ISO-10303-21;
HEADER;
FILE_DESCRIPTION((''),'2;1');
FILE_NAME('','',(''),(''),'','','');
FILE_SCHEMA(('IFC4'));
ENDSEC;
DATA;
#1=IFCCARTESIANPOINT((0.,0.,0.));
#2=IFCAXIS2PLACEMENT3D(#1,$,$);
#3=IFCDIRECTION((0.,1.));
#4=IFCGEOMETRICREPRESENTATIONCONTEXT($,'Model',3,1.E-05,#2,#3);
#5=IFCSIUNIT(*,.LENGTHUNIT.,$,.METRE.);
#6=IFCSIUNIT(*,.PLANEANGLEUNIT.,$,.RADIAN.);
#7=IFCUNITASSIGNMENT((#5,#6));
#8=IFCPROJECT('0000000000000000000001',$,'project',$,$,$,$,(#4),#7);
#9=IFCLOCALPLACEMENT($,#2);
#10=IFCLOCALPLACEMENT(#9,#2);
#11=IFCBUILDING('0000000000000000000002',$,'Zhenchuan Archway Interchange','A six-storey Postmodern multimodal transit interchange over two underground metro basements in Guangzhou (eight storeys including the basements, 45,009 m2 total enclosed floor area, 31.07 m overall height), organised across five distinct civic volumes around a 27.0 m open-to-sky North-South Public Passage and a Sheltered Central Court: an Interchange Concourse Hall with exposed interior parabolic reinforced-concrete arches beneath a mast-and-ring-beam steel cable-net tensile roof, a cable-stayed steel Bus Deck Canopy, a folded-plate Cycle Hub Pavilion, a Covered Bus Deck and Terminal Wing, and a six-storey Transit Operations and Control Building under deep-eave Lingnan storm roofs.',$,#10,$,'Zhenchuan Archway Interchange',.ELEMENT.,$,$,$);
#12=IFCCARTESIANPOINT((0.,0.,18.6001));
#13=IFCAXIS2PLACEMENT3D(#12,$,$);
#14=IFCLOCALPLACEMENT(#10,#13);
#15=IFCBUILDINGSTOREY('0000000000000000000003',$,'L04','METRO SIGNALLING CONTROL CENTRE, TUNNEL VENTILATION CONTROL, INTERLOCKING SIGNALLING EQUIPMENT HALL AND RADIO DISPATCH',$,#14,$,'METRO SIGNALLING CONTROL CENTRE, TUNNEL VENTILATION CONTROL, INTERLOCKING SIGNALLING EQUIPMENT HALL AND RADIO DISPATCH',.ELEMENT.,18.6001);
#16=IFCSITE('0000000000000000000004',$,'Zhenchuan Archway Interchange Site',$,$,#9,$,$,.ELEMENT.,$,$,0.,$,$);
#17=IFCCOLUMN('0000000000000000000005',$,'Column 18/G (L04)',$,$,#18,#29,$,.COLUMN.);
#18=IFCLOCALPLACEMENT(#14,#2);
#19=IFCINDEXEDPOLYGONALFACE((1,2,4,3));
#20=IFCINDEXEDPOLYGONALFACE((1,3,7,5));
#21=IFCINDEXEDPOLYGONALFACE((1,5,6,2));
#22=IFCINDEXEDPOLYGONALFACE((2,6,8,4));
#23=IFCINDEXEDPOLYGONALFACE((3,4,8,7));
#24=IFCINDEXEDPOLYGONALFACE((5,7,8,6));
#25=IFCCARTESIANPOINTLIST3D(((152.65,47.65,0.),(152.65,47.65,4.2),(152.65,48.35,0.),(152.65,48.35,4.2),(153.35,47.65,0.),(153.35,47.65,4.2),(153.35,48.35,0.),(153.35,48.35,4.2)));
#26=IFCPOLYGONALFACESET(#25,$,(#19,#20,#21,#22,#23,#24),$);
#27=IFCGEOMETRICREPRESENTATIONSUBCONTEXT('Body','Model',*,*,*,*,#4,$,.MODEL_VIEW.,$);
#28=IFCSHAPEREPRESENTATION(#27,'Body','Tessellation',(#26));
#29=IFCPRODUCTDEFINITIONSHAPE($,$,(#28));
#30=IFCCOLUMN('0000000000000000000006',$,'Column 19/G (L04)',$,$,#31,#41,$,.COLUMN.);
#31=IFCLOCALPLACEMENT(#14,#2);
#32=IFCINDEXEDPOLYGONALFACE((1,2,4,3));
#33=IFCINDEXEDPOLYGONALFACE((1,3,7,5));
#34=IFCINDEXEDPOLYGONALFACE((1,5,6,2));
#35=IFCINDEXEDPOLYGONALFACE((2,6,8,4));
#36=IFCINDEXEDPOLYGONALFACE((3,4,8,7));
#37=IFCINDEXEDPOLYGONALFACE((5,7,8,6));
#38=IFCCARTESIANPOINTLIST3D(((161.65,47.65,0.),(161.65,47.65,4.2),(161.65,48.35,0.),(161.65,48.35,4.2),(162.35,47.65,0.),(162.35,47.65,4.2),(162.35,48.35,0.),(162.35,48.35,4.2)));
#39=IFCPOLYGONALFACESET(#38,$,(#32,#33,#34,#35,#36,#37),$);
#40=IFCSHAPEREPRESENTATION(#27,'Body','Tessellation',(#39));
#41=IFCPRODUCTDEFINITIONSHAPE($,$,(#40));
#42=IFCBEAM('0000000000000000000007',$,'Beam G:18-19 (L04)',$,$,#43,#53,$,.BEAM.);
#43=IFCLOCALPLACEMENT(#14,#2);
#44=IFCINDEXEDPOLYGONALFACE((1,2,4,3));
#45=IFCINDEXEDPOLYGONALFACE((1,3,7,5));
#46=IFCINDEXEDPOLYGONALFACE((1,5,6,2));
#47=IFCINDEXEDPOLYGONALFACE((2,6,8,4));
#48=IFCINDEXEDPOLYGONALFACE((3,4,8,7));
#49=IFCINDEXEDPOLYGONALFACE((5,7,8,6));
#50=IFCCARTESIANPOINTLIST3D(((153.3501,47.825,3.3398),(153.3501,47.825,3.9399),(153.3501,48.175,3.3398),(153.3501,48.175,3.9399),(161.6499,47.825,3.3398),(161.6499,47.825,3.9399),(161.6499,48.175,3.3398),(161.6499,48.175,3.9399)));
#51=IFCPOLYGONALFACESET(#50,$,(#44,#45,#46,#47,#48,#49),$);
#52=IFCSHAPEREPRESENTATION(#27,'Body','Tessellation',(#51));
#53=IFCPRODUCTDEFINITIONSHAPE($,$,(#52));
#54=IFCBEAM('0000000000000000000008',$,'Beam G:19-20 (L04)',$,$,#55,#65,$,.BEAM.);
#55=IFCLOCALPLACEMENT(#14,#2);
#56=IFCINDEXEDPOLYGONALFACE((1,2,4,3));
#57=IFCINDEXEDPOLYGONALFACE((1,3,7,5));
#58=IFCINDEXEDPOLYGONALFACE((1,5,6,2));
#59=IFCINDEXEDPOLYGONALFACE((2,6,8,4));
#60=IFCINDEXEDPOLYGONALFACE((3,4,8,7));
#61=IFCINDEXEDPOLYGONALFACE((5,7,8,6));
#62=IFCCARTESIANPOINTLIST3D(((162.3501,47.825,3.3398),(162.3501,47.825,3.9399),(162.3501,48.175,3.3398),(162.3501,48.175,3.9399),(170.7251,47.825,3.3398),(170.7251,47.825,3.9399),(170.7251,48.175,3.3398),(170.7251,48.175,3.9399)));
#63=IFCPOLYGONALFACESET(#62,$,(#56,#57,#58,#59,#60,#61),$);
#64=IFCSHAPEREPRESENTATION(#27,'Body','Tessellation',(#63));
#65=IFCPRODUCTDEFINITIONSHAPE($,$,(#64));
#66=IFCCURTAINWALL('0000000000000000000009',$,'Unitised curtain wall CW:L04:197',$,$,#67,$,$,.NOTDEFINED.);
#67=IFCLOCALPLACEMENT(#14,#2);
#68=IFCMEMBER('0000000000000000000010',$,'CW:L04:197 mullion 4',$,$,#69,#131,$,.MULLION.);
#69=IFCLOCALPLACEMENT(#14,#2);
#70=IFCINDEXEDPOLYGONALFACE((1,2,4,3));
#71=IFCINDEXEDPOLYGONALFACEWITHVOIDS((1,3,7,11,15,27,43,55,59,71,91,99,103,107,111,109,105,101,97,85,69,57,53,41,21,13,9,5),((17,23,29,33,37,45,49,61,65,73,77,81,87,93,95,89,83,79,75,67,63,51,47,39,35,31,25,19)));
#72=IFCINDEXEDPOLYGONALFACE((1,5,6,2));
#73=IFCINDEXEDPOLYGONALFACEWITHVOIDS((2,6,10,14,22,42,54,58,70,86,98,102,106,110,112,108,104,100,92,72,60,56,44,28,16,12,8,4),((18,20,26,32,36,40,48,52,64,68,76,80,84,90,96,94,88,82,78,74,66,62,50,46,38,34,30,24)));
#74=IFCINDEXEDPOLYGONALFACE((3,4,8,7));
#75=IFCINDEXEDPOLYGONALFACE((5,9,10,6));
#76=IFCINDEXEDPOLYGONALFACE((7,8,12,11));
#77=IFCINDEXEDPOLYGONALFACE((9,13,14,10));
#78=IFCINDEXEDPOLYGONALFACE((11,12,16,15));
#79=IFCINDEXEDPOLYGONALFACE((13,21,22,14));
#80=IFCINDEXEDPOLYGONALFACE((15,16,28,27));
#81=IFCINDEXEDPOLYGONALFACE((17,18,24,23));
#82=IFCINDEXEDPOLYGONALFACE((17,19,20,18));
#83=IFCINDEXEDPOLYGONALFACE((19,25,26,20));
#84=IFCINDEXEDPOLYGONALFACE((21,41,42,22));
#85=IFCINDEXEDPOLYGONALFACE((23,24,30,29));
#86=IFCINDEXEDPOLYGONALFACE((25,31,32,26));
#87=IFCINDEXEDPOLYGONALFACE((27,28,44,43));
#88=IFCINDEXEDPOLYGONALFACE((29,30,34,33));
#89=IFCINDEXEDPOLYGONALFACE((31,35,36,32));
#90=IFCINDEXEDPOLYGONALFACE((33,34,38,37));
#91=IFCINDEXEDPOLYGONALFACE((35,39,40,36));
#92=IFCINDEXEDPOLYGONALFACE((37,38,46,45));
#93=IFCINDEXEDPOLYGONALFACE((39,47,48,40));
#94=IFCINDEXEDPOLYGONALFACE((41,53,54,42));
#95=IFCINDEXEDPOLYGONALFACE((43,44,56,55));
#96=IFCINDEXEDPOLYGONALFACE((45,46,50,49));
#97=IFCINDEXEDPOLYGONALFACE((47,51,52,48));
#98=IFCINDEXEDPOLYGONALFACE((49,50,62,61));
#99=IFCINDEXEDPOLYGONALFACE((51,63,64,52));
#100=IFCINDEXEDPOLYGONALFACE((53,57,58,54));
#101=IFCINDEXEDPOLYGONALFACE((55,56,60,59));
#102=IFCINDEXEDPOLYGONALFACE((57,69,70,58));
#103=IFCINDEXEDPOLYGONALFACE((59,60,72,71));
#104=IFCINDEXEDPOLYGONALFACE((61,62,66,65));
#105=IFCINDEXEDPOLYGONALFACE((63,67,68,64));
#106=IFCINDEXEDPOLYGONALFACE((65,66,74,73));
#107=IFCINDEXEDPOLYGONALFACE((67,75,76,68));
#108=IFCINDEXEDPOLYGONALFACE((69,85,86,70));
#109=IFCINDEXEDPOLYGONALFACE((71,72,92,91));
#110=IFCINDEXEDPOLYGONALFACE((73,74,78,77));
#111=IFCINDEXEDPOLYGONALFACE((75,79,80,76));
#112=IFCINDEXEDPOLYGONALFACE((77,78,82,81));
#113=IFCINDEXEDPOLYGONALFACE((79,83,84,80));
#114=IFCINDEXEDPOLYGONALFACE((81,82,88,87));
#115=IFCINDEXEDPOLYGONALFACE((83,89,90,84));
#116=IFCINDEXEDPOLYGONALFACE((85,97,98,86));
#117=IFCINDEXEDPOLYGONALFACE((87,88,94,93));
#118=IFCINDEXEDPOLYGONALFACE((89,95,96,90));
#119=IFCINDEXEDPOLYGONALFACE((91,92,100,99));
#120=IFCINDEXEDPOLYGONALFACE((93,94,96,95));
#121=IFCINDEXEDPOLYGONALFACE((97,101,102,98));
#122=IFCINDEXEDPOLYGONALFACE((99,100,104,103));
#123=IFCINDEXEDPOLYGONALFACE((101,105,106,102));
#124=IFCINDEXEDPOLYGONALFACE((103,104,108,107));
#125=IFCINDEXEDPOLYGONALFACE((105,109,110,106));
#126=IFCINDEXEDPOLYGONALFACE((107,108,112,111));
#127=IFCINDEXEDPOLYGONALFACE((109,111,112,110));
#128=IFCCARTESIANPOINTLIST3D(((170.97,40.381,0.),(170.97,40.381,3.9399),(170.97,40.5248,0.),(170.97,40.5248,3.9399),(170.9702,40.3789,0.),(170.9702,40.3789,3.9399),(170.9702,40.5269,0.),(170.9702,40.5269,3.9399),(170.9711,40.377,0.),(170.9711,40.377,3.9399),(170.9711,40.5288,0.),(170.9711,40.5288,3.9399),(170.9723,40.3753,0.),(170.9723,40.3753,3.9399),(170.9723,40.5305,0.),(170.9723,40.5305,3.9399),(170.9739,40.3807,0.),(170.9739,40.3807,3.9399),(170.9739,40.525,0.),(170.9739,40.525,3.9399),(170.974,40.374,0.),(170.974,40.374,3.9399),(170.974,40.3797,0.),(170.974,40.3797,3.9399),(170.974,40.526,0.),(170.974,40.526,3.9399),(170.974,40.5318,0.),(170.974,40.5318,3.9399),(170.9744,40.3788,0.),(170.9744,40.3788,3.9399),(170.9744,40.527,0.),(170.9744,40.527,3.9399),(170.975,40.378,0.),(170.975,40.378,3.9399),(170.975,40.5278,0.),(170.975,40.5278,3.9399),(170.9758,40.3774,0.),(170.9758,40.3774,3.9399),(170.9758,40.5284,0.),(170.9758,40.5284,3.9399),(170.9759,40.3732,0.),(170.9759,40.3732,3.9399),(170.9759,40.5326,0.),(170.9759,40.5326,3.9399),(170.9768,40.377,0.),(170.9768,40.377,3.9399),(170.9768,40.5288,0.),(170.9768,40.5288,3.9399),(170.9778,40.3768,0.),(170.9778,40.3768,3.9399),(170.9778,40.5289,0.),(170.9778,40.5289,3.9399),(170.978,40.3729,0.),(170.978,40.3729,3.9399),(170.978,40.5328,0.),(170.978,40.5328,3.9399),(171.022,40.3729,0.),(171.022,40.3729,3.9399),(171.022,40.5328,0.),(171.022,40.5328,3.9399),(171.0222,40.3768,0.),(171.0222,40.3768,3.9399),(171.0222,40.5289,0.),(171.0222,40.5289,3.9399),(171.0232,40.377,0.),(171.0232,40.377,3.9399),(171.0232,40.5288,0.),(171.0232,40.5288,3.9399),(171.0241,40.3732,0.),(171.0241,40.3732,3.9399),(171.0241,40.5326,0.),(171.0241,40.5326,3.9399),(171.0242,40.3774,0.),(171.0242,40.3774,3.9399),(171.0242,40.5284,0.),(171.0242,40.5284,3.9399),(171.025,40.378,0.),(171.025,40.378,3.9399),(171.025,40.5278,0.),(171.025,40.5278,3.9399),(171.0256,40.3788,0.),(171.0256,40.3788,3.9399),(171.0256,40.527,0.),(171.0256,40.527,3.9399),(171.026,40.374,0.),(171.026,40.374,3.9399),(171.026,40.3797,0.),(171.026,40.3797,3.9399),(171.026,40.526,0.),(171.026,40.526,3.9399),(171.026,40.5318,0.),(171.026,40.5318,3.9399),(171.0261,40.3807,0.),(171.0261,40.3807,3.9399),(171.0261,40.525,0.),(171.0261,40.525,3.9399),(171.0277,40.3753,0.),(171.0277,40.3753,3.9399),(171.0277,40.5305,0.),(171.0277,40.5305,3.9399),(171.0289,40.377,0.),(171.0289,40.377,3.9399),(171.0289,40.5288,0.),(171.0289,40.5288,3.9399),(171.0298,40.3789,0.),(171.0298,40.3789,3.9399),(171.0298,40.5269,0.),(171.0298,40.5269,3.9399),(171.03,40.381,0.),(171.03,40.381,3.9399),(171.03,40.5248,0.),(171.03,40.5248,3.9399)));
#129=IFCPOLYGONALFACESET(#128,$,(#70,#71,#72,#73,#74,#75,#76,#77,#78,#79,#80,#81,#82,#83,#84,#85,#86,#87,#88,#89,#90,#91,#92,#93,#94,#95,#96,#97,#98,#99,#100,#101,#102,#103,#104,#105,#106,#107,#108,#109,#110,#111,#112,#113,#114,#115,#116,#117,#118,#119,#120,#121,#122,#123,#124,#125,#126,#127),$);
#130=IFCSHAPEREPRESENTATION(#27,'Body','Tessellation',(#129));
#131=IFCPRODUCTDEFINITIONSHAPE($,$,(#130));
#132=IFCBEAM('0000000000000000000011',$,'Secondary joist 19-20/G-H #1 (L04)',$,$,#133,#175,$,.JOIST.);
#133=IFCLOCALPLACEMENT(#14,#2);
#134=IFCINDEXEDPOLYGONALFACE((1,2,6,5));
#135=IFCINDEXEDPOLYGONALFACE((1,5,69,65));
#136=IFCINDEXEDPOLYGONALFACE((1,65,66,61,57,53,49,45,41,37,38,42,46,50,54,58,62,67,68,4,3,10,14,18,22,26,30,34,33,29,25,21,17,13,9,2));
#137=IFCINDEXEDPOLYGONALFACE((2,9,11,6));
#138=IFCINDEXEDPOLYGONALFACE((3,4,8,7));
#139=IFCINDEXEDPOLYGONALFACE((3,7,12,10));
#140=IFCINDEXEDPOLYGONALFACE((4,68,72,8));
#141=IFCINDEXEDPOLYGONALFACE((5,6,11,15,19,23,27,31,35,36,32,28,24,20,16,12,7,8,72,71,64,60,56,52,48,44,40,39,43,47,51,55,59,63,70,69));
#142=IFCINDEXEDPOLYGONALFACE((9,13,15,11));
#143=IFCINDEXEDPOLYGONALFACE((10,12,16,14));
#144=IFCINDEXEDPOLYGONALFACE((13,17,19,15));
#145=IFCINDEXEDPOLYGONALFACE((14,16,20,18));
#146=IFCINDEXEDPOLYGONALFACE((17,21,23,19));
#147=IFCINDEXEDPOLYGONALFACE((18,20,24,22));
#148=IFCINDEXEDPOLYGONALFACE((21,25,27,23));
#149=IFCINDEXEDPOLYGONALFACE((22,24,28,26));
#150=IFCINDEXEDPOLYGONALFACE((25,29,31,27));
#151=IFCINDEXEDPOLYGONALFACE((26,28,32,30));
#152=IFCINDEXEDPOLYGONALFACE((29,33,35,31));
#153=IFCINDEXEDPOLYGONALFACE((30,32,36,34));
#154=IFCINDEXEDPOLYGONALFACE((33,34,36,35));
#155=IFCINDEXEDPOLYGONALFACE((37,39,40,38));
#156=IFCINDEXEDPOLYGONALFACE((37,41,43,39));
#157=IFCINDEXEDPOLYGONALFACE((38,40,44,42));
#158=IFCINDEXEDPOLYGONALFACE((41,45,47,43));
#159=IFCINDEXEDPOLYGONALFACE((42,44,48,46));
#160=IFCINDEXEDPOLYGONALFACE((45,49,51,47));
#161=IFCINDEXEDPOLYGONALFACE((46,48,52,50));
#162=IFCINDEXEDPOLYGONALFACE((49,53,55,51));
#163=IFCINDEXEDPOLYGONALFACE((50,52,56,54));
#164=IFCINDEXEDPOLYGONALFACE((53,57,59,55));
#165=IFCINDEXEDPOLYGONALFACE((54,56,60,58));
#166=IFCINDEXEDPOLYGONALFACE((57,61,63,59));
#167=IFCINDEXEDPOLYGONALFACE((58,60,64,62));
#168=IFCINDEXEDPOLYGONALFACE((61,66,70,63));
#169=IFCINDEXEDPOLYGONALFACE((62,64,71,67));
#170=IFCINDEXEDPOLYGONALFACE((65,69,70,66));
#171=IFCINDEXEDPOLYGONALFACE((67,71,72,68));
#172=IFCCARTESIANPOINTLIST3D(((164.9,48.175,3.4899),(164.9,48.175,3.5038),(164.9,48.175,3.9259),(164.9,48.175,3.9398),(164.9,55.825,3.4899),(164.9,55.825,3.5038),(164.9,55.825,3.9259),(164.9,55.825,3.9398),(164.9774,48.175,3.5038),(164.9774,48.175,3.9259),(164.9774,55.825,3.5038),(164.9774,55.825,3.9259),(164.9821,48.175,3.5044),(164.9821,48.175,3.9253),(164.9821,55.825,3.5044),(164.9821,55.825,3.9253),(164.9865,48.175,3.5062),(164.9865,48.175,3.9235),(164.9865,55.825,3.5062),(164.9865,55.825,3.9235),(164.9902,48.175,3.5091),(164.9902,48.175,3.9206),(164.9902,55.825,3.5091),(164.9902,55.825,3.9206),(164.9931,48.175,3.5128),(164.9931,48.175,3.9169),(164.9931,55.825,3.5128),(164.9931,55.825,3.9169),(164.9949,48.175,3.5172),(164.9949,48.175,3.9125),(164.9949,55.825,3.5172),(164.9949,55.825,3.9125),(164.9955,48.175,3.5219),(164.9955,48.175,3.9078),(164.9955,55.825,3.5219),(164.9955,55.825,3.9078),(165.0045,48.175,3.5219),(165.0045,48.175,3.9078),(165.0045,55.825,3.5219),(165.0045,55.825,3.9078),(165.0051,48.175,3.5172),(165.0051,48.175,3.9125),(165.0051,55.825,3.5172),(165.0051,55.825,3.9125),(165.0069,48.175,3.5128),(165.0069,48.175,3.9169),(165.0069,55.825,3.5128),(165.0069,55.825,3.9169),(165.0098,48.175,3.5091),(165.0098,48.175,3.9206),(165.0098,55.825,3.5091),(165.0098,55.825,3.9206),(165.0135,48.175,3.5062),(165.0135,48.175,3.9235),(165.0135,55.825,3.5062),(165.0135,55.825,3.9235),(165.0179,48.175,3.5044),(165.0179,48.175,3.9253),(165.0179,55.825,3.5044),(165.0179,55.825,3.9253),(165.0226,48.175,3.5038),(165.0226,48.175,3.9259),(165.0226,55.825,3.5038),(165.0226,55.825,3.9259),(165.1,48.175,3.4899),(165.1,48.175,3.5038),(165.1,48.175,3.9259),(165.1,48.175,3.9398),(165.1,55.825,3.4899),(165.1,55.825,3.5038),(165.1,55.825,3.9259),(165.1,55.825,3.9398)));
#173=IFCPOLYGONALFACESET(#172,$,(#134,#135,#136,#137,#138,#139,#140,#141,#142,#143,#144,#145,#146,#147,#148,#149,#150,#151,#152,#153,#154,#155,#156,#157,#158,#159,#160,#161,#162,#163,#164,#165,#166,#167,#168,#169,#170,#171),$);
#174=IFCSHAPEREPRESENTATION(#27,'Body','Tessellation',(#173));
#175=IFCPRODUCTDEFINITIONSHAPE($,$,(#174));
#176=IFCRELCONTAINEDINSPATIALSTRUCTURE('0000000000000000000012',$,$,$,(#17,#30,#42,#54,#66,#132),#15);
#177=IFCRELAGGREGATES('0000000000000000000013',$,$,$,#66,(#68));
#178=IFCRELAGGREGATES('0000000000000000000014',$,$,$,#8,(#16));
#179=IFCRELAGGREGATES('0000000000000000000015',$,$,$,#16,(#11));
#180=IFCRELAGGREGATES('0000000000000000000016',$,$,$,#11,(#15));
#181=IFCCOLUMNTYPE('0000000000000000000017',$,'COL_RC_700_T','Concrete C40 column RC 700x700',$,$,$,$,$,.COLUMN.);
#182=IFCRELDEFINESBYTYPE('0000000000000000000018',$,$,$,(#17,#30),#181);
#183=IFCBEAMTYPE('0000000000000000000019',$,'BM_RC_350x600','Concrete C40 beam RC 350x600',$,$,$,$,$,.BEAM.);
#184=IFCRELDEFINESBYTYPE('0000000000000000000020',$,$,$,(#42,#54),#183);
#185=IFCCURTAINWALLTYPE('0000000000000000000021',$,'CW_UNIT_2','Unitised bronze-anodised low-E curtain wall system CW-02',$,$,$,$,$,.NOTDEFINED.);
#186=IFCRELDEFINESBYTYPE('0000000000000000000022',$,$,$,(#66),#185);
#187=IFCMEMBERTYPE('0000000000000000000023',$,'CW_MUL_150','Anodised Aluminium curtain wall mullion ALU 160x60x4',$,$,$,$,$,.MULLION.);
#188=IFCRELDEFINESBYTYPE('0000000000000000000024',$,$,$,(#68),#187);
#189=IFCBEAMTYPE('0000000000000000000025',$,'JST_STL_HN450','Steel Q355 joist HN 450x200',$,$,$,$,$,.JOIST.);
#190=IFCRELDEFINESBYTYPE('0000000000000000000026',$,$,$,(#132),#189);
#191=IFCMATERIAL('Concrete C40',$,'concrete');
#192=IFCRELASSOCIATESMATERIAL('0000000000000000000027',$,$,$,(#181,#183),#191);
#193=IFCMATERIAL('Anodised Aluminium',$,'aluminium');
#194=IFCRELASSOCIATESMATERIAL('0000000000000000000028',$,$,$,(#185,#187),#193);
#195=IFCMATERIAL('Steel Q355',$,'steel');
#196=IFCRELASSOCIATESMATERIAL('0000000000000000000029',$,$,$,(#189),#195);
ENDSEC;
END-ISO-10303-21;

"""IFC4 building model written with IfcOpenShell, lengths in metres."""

from ifc_helpers import new_model, si_unit, direction, frame, origin, origin_2d, place, context, subcontext, project, spatial, rectangle, hollow_rectangle, i_section, extrude, material, material_profile, profile_set, type_object, element, aggregate, save


model = new_model("IFC4")

# Units and contexts
model_context = context("Model", 3, precision=1e-05, world=origin(), true_north=direction((0.0, 1.0)))
body_context = subcontext(model_context, "Body", "Model", "MODEL_VIEW")
ifc_project = project(units=[si_unit("LENGTHUNIT", "METRE"), si_unit("PLANEANGLEUNIT", "RADIAN")], contexts=[model_context])

# Site, building, storey
site_placement = place(None, origin())
site = spatial("IfcSite", under=ifc_project, at=site_placement, Name="Zhenchuan Archway Interchange Site", CompositionType="ELEMENT", RefElevation=0.0)
building_placement = place(site_placement, origin())
building = spatial("IfcBuilding", under=site, at=building_placement, Name="Zhenchuan Archway Interchange", Description="A six-storey Postmodern multimodal transit interchange over two underground metro basements in Guangzhou (eight storeys including the basements, 45,009 m2 total enclosed floor area, 31.07 m overall height), organised across five distinct civic volumes around a 27.0 m open-to-sky North-South Public Passage and a Sheltered Central Court: an Interchange Concourse Hall with exposed interior parabolic reinforced-concrete arches beneath a mast-and-ring-beam steel cable-net tensile roof, a cable-stayed steel Bus Deck Canopy, a folded-plate Cycle Hub Pavilion, a Covered Bus Deck and Terminal Wing, and a six-storey Transit Operations and Control Building under deep-eave Lingnan storm roofs.", LongName="Zhenchuan Archway Interchange", CompositionType="ELEMENT")
storey_placement = place(building_placement, frame((0.0, 0.0, 18.6001)))
storey = spatial("IfcBuildingStorey", under=building, at=storey_placement, Name="L04", Description="METRO SIGNALLING CONTROL CENTRE, TUNNEL VENTILATION CONTROL, INTERLOCKING SIGNALLING EQUIPMENT HALL AND RADIO DISPATCH", LongName="METRO SIGNALLING CONTROL CENTRE, TUNNEL VENTILATION CONTROL, INTERLOCKING SIGNALLING EQUIPMENT HALL AND RADIO DISPATCH", CompositionType="ELEMENT", Elevation=18.6001)

# Columns
ifc_material_1 = material(Name="Concrete C40", Category="concrete")
ifc_material_profile_1 = material_profile(ifc_material_1, rectangle(XDim=0.7, YDim=0.7, at=origin_2d()), Name="RC 700x700")
ifc_profile_set_1 = profile_set([ifc_material_profile_1], Name="Concrete C40")
column_type = type_object("IfcColumnType", Name="COL_RC_700_T", Description="Concrete C40 column RC 700x700", PredefinedType="COLUMN", material=ifc_profile_set_1)
for number, where, z_axis, x_axis, name in (
    (1, (153.0, 48.0, 0.0), (0.0, 0.0, 1.0), (1.0, 0.0, 0.0), "Column 18/G (L04)"),
    (2, (162.0, 48.0, 0.0), (0.0, 0.0, 1.0), (1.0, 0.0, 0.0), "Column 19/G (L04)"),
):
    element("IfcColumn", number, at=place(storey_placement, frame(where, z_axis=z_axis, x_axis=x_axis)), inside=storey, type_object=column_type, Name=name, PredefinedType="COLUMN", context=body_context, shape_type="SweptSolid", body=[
        extrude(rectangle(XDim=0.7, YDim=0.7, at=origin_2d()), origin(), (0.0, 0.0, 1.0), 4.2),
    ])

# Beams
ifc_material_profile_2 = material_profile(ifc_material_1, rectangle(XDim=0.3501, YDim=0.6001, at=origin_2d()), Name="RC 350x600")
ifc_profile_set_2 = profile_set([ifc_material_profile_2], Name="Concrete C40")
beam_type_1 = type_object("IfcBeamType", Name="BM_RC_350x600", Description="Concrete C40 beam RC 350x600", PredefinedType="BEAM", material=ifc_profile_set_2)
beam_1_placement = place(storey_placement, frame((153.3501, 48.0, 3.6399), z_axis=(1.0, 0.0, 0.0), x_axis=(0.0, 1.0, 0.0)))
element("IfcBeam", 3, at=beam_1_placement, inside=storey, type_object=beam_type_1, Name="Beam G:18-19 (L04)", PredefinedType="BEAM", context=body_context, shape_type="SweptSolid", body=[
    extrude(rectangle(XDim=0.3501, YDim=0.6001, at=origin_2d()), origin(), (0.0, 0.0, 1.0), 8.2998),
])
beam_2_placement = place(storey_placement, frame((162.3501, 48.0, 3.6399), z_axis=(1.0, 0.0, 0.0), x_axis=(0.0, 1.0, 0.0)))
element("IfcBeam", 4, at=beam_2_placement, inside=storey, type_object=beam_type_1, Name="Beam G:19-20 (L04)", PredefinedType="BEAM", context=body_context, shape_type="SweptSolid", body=[
    extrude(rectangle(XDim=0.3501, YDim=0.6001, at=origin_2d()), origin(), (0.0, 0.0, 1.0), 8.375),
])

# Curtain wall, member
ifc_material_2 = material(Name="Anodised Aluminium", Category="aluminium")
curtain_wall_type = type_object("IfcCurtainWallType", Name="CW_UNIT_2", Description="Unitised bronze-anodised low-E curtain wall system CW-02", PredefinedType="NOTDEFINED", material=ifc_material_2)
curtain_wall_placement = place(storey_placement, origin())
curtain_wall = element("IfcCurtainWall", 5, at=curtain_wall_placement, inside=storey, type_object=curtain_wall_type, Name="Unitised curtain wall CW:L04:197", PredefinedType="NOTDEFINED")
ifc_material_profile_3 = material_profile(ifc_material_2, hollow_rectangle(XDim=0.0601, YDim=0.1599, WallThickness=0.0039, InnerFilletRadius=0.0039, OuterFilletRadius=0.0081, at=origin_2d()), Name="ALU 160x60x4")
ifc_profile_set_3 = profile_set([ifc_material_profile_3], Name="Anodised Aluminium")
member_type = type_object("IfcMemberType", Name="CW_MUL_150", Description="Anodised Aluminium curtain wall mullion ALU 160x60x4", PredefinedType="MULLION", material=ifc_profile_set_3)
member_placement = place(storey_placement, frame((171.0, 40.4529, 0.0), z_axis=(0.0, 0.0, 1.0), x_axis=(1.0, 0.0, 0.0)))
member = element("IfcMember", 6, at=member_placement, type_object=member_type, Name="CW:L04:197 mullion 4", PredefinedType="MULLION", context=body_context, shape_type="SweptSolid", body=[
    extrude(hollow_rectangle(XDim=0.0601, YDim=0.1599, WallThickness=0.0039, InnerFilletRadius=0.0039, OuterFilletRadius=0.0081, at=origin_2d()), origin(), (0.0, 0.0, 1.0), 3.9399),
])

# Beam
ifc_material_3 = material(Name="Steel Q355", Category="steel")
ifc_material_profile_4 = material_profile(ifc_material_3, i_section(OverallWidth=0.2, OverallDepth=0.45, WebThickness=0.009, FlangeThickness=0.0139, FilletRadius=0.0181, at=origin_2d()), Name="HN 450x200")
ifc_profile_set_4 = profile_set([ifc_material_profile_4], Name="Steel Q355")
beam_type_2 = type_object("IfcBeamType", Name="JST_STL_HN450", Description="Steel Q355 joist HN 450x200", PredefinedType="JOIST", material=ifc_profile_set_4)
for number, where, z_axis, x_axis, name in (
    (7, (165.0, 48.175, 3.7148), (0.0, 1.0, 0.0), (-1.0, 0.0, 0.0), "Secondary joist 19-20/G-H #1 (L04)"),
):
    element("IfcBeam", number, at=place(storey_placement, frame(where, z_axis=z_axis, x_axis=x_axis)), inside=storey, type_object=beam_type_2, Name=name, PredefinedType="JOIST", context=body_context, shape_type="SweptSolid", body=[
        extrude(i_section(OverallWidth=0.2, OverallDepth=0.45, WebThickness=0.009, FlangeThickness=0.0139, FilletRadius=0.0181, at=origin_2d()), origin(), (0.0, 0.0, 1.0), 7.6499),
    ])

aggregate(curtain_wall, [member])

save(model, "model.ifc")
